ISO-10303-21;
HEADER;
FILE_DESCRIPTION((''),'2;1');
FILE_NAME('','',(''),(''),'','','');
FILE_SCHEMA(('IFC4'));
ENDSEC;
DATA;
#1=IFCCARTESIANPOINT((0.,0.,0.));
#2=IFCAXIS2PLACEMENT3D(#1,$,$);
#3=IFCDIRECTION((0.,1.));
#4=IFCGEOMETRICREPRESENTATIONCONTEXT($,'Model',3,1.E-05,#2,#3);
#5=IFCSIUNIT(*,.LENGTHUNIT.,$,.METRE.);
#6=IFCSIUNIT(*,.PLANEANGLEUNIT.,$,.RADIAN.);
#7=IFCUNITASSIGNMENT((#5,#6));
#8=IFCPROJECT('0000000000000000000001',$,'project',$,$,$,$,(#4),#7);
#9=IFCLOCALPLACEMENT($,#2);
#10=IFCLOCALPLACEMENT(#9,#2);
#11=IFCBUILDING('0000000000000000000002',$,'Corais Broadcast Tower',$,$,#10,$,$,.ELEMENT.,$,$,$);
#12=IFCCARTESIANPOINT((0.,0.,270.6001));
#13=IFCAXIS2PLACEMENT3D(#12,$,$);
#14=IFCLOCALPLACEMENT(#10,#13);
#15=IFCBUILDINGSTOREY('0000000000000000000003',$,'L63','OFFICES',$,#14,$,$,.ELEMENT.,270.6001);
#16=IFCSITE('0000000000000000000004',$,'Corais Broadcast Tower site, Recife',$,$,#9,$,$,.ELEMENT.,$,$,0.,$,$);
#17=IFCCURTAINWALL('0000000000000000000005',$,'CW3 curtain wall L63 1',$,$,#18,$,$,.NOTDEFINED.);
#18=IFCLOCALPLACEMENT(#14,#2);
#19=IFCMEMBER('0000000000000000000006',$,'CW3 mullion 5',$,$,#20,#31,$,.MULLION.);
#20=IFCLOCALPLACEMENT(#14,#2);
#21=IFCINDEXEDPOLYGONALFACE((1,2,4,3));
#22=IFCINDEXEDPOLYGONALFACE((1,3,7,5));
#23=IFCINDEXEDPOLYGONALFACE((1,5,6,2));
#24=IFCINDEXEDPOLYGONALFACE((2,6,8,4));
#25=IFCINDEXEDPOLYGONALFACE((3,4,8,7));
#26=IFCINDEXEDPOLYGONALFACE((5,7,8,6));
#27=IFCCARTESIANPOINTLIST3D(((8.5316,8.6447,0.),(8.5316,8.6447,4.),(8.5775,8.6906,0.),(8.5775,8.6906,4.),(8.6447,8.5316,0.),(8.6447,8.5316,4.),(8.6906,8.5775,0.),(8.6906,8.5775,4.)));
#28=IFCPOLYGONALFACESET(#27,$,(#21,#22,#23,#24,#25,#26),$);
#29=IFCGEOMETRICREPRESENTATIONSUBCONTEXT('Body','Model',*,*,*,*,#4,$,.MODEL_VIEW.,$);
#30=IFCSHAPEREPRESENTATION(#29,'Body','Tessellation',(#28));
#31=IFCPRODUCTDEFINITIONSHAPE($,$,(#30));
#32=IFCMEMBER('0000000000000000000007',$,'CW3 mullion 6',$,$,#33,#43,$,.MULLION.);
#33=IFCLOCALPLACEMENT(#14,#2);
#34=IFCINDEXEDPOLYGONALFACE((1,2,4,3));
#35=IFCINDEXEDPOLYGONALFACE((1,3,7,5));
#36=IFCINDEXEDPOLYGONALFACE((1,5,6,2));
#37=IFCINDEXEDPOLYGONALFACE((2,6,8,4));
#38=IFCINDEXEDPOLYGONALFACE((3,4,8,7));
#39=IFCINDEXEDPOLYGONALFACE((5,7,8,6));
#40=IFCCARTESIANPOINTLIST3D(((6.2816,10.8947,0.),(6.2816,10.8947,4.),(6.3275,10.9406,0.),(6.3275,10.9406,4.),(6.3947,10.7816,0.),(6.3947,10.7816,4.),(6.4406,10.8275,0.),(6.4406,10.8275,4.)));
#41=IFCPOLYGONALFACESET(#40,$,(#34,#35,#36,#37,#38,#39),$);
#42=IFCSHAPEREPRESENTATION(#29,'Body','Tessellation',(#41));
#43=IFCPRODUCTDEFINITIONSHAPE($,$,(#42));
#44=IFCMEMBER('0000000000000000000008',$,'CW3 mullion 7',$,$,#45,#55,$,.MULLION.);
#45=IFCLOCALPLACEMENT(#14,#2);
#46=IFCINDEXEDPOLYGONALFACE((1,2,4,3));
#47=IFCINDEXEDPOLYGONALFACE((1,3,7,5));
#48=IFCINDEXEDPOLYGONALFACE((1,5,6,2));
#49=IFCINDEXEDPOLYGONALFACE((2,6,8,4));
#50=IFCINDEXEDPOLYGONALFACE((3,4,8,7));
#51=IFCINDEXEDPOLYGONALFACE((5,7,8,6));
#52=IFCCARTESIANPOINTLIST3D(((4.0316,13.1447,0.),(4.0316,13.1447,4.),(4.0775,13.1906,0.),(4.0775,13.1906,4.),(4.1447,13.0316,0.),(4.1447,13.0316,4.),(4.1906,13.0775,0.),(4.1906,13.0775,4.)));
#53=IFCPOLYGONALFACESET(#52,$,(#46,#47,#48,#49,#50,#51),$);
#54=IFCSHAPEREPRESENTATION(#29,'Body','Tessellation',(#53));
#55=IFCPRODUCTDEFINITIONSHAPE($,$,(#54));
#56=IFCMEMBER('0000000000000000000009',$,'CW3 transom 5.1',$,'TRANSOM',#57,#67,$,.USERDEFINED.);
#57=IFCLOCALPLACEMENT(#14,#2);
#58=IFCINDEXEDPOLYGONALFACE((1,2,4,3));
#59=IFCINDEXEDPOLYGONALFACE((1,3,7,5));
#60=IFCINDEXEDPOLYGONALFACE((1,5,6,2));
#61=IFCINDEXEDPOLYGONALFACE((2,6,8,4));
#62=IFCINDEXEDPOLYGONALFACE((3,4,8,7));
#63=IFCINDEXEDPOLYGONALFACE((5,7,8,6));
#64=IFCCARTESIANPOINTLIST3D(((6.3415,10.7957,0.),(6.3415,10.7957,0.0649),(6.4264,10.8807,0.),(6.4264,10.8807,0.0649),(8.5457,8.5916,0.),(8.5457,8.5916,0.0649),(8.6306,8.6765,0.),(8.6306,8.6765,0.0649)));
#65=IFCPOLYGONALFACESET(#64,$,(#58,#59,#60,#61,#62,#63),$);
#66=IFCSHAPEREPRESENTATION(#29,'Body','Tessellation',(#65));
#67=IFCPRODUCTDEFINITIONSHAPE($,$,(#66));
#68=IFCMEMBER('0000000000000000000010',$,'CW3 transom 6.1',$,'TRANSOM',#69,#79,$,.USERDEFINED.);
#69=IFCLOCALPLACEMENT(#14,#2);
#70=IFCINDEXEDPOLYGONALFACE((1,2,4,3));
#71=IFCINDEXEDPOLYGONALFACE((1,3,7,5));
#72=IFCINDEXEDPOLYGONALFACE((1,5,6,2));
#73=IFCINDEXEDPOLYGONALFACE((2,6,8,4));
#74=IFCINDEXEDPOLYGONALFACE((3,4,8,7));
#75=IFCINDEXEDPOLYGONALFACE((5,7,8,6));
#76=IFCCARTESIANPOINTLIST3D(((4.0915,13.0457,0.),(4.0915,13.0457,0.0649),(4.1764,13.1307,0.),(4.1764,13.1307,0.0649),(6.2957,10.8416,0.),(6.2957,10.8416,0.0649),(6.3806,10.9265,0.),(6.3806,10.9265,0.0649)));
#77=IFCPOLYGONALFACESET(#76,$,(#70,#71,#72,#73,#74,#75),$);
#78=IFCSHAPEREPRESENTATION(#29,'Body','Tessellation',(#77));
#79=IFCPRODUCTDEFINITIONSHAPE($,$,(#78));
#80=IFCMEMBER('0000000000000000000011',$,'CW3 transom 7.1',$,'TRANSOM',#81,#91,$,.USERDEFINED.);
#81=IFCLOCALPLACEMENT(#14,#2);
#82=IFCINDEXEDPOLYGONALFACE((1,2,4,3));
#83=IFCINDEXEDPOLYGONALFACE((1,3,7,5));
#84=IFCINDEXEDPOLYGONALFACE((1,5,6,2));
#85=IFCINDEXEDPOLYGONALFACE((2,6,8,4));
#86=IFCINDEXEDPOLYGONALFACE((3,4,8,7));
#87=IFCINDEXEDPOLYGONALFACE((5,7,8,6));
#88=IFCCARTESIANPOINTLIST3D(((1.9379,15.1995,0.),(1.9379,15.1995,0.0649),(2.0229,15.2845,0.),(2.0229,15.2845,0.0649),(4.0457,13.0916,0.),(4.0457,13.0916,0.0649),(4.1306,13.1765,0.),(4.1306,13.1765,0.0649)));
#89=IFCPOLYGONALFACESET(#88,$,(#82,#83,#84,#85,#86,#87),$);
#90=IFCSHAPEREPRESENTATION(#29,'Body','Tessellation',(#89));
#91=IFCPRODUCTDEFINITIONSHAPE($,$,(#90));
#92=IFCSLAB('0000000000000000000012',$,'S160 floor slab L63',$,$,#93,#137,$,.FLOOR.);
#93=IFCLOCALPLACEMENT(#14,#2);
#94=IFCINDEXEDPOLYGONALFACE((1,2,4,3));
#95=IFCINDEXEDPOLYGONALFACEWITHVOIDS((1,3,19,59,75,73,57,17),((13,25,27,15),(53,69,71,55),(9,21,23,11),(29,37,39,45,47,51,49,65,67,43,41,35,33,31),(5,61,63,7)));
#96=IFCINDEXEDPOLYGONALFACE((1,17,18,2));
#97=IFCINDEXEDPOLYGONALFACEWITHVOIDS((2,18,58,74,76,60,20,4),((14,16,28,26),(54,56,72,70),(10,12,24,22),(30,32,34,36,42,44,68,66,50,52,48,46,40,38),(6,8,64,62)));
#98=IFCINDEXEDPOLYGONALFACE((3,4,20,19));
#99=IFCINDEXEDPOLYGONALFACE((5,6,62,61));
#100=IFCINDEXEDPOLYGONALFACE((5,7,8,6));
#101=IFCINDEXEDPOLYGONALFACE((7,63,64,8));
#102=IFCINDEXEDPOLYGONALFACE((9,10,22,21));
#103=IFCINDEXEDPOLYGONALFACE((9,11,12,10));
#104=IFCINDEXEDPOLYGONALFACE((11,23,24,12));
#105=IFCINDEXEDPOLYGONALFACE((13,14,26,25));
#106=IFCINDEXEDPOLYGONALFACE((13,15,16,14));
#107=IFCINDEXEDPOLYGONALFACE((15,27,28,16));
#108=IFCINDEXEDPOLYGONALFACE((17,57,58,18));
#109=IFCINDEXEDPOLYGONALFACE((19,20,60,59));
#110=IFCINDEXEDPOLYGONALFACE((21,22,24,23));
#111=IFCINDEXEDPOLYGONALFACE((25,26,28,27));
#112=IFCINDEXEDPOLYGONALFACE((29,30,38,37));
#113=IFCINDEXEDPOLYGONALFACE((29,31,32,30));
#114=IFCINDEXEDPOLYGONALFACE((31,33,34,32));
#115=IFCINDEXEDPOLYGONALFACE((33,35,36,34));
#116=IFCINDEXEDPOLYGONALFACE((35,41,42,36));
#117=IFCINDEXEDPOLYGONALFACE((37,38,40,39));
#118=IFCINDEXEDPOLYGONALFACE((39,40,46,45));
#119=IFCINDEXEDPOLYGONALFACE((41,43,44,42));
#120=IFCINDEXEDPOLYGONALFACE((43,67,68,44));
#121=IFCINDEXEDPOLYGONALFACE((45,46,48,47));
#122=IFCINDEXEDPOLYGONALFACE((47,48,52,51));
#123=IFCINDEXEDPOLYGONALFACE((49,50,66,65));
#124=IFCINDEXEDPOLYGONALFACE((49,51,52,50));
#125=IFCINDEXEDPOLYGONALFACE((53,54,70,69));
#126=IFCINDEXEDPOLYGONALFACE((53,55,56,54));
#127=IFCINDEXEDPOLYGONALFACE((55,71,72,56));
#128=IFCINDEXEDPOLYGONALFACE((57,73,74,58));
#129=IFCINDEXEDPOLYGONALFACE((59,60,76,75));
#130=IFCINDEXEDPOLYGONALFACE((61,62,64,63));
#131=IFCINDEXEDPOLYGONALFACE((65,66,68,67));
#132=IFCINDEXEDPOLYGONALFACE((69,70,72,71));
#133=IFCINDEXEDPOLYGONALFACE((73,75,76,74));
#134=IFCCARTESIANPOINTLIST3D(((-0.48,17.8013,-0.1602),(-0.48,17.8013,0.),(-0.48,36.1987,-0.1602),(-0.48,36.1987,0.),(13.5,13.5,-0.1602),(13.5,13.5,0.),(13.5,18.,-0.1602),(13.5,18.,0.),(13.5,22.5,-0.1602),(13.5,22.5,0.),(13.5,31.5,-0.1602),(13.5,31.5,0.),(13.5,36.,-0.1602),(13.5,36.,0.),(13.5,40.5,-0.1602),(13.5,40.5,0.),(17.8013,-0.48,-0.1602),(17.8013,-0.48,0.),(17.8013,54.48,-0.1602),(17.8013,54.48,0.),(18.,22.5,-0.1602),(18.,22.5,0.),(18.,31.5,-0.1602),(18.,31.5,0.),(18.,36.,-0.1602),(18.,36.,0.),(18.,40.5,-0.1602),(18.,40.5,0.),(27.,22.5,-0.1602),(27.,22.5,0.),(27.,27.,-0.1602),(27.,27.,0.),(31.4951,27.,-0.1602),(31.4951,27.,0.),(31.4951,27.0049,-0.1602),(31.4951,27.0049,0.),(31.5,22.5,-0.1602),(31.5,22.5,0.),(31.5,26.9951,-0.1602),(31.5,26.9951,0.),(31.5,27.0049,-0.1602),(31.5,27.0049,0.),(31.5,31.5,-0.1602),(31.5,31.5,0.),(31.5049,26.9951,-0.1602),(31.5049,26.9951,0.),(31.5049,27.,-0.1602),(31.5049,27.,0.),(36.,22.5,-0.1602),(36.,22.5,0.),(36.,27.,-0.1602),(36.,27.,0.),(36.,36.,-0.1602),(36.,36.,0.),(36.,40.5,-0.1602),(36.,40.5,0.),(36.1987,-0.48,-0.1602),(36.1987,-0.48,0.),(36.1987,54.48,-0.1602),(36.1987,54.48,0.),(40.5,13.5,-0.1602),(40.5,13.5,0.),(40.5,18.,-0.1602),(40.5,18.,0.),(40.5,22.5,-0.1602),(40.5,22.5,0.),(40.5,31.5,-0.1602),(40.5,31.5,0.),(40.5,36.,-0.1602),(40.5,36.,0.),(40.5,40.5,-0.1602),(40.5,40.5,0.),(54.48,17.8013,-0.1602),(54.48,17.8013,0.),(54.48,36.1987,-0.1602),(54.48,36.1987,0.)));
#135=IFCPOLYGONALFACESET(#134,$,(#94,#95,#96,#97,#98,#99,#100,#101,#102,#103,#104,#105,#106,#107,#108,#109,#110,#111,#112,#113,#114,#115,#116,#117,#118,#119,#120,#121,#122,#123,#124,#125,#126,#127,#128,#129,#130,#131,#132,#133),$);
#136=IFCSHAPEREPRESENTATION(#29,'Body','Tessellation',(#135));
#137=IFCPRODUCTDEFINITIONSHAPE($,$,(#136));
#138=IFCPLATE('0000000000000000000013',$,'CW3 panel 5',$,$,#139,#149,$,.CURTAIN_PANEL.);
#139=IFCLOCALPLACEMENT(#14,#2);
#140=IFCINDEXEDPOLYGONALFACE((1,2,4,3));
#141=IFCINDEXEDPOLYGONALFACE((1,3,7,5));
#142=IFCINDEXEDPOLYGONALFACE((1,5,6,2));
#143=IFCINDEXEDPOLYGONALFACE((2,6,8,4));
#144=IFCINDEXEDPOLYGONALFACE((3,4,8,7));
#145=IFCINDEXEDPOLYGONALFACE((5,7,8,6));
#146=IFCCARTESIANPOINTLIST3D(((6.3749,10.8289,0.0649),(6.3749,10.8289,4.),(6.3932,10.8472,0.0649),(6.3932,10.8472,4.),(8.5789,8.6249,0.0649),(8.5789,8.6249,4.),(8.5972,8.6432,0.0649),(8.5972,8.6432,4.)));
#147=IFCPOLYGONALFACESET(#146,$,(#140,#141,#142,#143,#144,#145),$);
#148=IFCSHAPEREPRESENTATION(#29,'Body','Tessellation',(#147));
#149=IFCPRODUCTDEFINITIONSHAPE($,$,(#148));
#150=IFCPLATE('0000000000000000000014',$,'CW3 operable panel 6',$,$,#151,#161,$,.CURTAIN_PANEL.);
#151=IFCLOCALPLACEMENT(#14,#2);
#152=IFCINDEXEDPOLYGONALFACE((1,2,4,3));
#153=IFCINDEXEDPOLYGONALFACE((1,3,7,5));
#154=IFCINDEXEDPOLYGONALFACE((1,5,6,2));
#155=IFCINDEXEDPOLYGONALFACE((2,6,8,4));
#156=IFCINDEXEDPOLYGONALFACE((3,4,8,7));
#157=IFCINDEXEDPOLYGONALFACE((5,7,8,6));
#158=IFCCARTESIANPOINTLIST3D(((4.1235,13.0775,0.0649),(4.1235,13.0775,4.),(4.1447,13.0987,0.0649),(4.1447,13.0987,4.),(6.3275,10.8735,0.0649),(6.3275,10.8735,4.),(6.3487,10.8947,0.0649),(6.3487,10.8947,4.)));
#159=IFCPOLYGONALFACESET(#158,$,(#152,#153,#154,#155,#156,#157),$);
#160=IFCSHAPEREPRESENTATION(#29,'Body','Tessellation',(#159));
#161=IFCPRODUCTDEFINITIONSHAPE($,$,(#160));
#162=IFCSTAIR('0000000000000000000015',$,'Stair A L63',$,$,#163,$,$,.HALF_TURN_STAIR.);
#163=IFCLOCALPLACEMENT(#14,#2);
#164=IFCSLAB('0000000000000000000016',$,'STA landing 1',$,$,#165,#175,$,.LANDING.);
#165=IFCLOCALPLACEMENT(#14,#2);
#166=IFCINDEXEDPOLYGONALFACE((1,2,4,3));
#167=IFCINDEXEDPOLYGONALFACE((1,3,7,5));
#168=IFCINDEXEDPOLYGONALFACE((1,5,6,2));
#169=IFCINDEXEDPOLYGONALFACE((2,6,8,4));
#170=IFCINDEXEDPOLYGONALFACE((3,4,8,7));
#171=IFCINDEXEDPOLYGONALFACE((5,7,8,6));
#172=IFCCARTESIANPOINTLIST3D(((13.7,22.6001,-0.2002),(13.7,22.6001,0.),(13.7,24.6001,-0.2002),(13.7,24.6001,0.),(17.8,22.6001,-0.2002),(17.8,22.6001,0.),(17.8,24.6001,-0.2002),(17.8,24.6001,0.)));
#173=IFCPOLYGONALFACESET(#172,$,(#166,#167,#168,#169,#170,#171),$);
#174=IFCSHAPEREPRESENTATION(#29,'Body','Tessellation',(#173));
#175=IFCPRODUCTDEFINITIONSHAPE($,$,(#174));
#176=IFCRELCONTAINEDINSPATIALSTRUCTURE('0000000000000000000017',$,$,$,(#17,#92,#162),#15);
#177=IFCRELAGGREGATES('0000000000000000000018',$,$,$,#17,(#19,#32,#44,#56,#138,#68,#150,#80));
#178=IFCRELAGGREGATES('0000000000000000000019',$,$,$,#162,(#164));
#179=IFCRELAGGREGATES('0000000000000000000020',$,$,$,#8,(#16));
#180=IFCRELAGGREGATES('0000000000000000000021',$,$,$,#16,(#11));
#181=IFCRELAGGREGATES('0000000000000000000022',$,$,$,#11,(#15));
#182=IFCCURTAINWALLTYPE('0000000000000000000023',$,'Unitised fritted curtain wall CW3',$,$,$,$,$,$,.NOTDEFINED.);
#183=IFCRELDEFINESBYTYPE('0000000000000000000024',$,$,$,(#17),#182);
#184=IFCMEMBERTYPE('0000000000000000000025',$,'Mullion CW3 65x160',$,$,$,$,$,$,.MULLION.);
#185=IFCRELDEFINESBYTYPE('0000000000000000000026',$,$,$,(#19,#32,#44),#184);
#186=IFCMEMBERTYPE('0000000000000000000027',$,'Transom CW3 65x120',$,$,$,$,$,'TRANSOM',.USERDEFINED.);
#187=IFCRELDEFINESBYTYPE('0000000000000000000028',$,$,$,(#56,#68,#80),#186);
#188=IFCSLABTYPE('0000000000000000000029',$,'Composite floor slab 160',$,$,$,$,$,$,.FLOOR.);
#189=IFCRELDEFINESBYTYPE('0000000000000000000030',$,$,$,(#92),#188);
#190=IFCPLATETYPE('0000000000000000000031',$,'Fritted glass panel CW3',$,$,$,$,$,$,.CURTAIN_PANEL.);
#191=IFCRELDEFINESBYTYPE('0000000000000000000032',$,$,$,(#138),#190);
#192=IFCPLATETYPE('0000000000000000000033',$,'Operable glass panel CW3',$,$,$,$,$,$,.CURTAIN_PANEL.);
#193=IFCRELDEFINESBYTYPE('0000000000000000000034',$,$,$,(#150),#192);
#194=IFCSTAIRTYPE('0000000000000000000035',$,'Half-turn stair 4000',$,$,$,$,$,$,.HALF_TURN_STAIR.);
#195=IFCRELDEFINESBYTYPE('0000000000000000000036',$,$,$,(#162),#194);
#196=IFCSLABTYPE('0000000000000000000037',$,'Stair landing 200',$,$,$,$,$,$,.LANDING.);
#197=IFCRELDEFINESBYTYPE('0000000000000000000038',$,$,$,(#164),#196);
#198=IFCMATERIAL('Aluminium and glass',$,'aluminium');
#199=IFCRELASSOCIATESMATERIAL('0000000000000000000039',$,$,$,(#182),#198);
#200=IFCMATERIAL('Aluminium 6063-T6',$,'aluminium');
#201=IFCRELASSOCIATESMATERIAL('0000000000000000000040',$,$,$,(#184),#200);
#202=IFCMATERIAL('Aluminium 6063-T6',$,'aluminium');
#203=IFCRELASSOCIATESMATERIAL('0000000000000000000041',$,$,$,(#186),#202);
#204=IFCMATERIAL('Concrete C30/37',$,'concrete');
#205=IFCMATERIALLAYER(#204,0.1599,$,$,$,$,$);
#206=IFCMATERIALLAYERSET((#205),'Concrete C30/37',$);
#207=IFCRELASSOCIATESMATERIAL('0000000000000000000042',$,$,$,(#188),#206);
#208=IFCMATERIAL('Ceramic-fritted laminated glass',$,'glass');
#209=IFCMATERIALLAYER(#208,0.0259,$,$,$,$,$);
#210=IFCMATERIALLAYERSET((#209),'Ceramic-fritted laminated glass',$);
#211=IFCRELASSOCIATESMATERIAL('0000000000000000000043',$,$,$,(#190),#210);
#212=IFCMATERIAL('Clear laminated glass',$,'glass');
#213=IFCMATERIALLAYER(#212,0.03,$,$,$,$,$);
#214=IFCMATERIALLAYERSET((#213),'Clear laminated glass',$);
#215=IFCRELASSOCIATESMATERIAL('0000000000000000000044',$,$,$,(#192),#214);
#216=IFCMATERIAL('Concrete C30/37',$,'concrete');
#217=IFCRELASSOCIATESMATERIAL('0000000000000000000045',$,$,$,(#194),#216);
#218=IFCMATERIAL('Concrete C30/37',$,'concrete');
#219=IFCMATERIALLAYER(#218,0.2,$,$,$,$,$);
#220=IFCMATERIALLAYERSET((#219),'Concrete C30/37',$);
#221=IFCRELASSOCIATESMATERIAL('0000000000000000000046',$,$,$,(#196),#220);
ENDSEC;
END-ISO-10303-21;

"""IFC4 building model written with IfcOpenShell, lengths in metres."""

from ifc_helpers import new_model, si_unit, direction, frame, origin, origin_2d, place, context, subcontext, project, spatial, polyline, rectangle, outline, extrude, material, layer, layer_set, material_profile, profile_set, type_object, element, aggregate, save


model = new_model("IFC4")

# Units and contexts
model_context = context("Model", 3, precision=1e-05, world=origin(), true_north=direction((0.0, 1.0)))
body_context = subcontext(model_context, "Body", "Model", "MODEL_VIEW")
ifc_project = project(units=[si_unit("LENGTHUNIT", "METRE"), si_unit("PLANEANGLEUNIT", "RADIAN")], contexts=[model_context])

# Site, building, storey
site_placement = place(None, origin())
site = spatial("IfcSite", under=ifc_project, at=site_placement, Name="Corais Broadcast Tower site, Recife", CompositionType="ELEMENT", RefElevation=0.0)
building_placement = place(site_placement, origin())
building = spatial("IfcBuilding", under=site, at=building_placement, Name="Corais Broadcast Tower", CompositionType="ELEMENT")
storey_placement = place(building_placement, frame((0.0, 0.0, 270.6001)))
storey = spatial("IfcBuildingStorey", under=building, at=storey_placement, Name="L63", Description="OFFICES", CompositionType="ELEMENT", Elevation=270.6001)

# Curtain wall, members
ifc_material_1 = material(Name="Aluminium and glass", Category="aluminium")
curtain_wall_type = type_object("IfcCurtainWallType", Name="Unitised fritted curtain wall CW3", PredefinedType="NOTDEFINED", material=ifc_material_1)
curtain_wall_placement = place(storey_placement, origin())
curtain_wall = element("IfcCurtainWall", 1, at=curtain_wall_placement, inside=storey, type_object=curtain_wall_type, Name="CW3 curtain wall L63 1", PredefinedType="NOTDEFINED")
ifc_material_2 = material(Name="Aluminium 6063-T6", Category="aluminium")
ifc_material_profile_1 = material_profile(ifc_material_2, rectangle(XDim=0.0649, YDim=0.1599, at=origin_2d()), Name="Mullion CW3 65x160")
ifc_profile_set_1 = profile_set([ifc_material_profile_1], Name="Aluminium 6063-T6")
member_type_1 = type_object("IfcMemberType", Name="Mullion CW3 65x160", PredefinedType="MULLION", material=ifc_profile_set_1)
member_1_placement = place(storey_placement, frame((8.6111, 8.6111, 0.0), z_axis=(0.0, 0.0, 1.0), x_axis=(-0.707107, -0.707107, 0.0)))
member_1 = element("IfcMember", 2, at=member_1_placement, type_object=member_type_1, Name="CW3 mullion 5", PredefinedType="MULLION", context=body_context, shape_type="SweptSolid", body=[
    extrude(rectangle(XDim=0.0649, YDim=0.1599, at=origin_2d()), origin(), (0.0, 0.0, 1.0), 4.0),
])
member_2_placement = place(storey_placement, frame((6.3611, 10.8611, 0.0), z_axis=(0.0, 0.0, 1.0), x_axis=(-0.707107, -0.707107, 0.0)))
member_2 = element("IfcMember", 3, at=member_2_placement, type_object=member_type_1, Name="CW3 mullion 6", PredefinedType="MULLION", context=body_context, shape_type="SweptSolid", body=[
    extrude(rectangle(XDim=0.0649, YDim=0.1599, at=origin_2d()), origin(), (0.0, 0.0, 1.0), 4.0),
])
member_3_placement = place(storey_placement, frame((4.1111, 13.1111, 0.0), z_axis=(0.0, 0.0, 1.0), x_axis=(-0.707107, -0.707107, 0.0)))
member_3 = element("IfcMember", 4, at=member_3_placement, type_object=member_type_1, Name="CW3 mullion 7", PredefinedType="MULLION", context=body_context, shape_type="SweptSolid", body=[
    extrude(rectangle(XDim=0.0649, YDim=0.1599, at=origin_2d()), origin(), (0.0, 0.0, 1.0), 4.0),
])
ifc_material_3 = material(Name="Aluminium 6063-T6", Category="aluminium")
ifc_material_profile_2 = material_profile(ifc_material_3, rectangle(XDim=0.1201, YDim=0.0649, at=origin_2d()), Name="Transom CW3 65x120")
ifc_profile_set_2 = profile_set([ifc_material_profile_2], Name="Aluminium 6063-T6")
member_type_2 = type_object("IfcMemberType", Name="Transom CW3 65x120", ElementType="TRANSOM", PredefinedType="USERDEFINED", material=ifc_profile_set_2)
member_4_placement = place(storey_placement, frame((8.5881, 8.634, 0.0325), z_axis=(-0.707107, 0.707107, 0.0), x_axis=(-0.707107, -0.707107, 0.0)))
member_4 = element("IfcMember", 5, at=member_4_placement, type_object=member_type_2, Name="CW3 transom 5.1", ObjectType="TRANSOM", PredefinedType="USERDEFINED", context=body_context, shape_type="SweptSolid", body=[
    extrude(rectangle(XDim=0.1201, YDim=0.0649, at=origin_2d()), origin(), (0.0, 0.0, 1.0), 3.1172),
])
member_5_placement = place(storey_placement, frame((6.3381, 10.884, 0.0325), z_axis=(-0.707107, 0.707107, 0.0), x_axis=(-0.707107, -0.707107, 0.0)))
member_5 = element("IfcMember", 6, at=member_5_placement, type_object=member_type_2, Name="CW3 transom 6.1", ObjectType="TRANSOM", PredefinedType="USERDEFINED", context=body_context, shape_type="SweptSolid", body=[
    extrude(rectangle(XDim=0.1201, YDim=0.0649, at=origin_2d()), origin(), (0.0, 0.0, 1.0), 3.1172),
])
member_6_placement = place(storey_placement, frame((4.0881, 13.134, 0.0325), z_axis=(-0.707066, 0.707148, 0.0), x_axis=(-0.707148, -0.707066, 0.0)))
member_6 = element("IfcMember", 7, at=member_6_placement, type_object=member_type_2, Name="CW3 transom 7.1", ObjectType="TRANSOM", PredefinedType="USERDEFINED", context=body_context, shape_type="SweptSolid", body=[
    extrude(rectangle(XDim=0.1201, YDim=0.0649, at=origin_2d()), origin(), (0.0, 0.0, 1.0), 2.981),
])

# Slab
ifc_material_4 = material(Name="Concrete C30/37", Category="concrete")
ifc_layer_1 = layer(ifc_material_4, 0.1599)
ifc_layer_set_1 = layer_set([ifc_layer_1], Name="Concrete C30/37")
slab_type_1 = type_object("IfcSlabType", Name="Composite floor slab 160", PredefinedType="FLOOR", material=ifc_layer_set_1)
slab_1_placement = place(storey_placement, frame((0.0, 0.0, -0.1602)))
element("IfcSlab", 8, at=slab_1_placement, inside=storey, type_object=slab_type_1, Name="S160 floor slab L63", PredefinedType="FLOOR", context=body_context, shape_type="SweptSolid", body=[
    extrude(outline(polyline([(17.8013, -0.48), (-0.48, 17.8013), (-0.48, 36.1987), (17.8013, 54.48), (36.1987, 54.48), (54.48, 36.1987), (54.48, 17.8013), (36.1987, -0.48), (17.8013, -0.48)]), holes=[polyline([(13.5, 18.0), (40.5, 18.0), (40.5, 13.5), (13.5, 13.5), (13.5, 18.0)]), polyline([(18.0, 22.5), (13.5, 22.5), (13.5, 31.5), (18.0, 31.5), (18.0, 22.5)]), polyline([(18.0, 36.0), (13.5, 36.0), (13.5, 40.5), (18.0, 40.5), (18.0, 36.0)]), polyline([(31.5, 22.5), (27.0, 22.5), (27.0, 27.0), (31.4951, 27.0), (31.4951, 27.0049), (31.5, 27.0049), (31.5, 31.5), (40.5, 31.5), (40.5, 22.5), (36.0, 22.5), (36.0, 27.0), (31.5049, 27.0), (31.5049, 26.9951), (31.5, 26.9951), (31.5, 22.5)]), polyline([(40.5, 36.0), (36.0, 36.0), (36.0, 40.5), (40.5, 40.5), (40.5, 36.0)])]), origin(), (0.0, 0.0, 1.0), 0.1602),
])

# Plates
ifc_material_5 = material(Name="Ceramic-fritted laminated glass", Category="glass")
ifc_layer_2 = layer(ifc_material_5, 0.0259)
ifc_layer_set_2 = layer_set([ifc_layer_2], Name="Ceramic-fritted laminated glass")
plate_type_1 = type_object("IfcPlateType", Name="Fritted glass panel CW3", PredefinedType="CURTAIN_PANEL", material=ifc_layer_set_2)
plate_1_placement = place(storey_placement, frame((7.4861, 9.7361, 0.0649), z_axis=(0.0, 0.0, 1.0), x_axis=(-0.707107, 0.707107, 0.0)))
plate_1 = element("IfcPlate", 9, at=plate_1_placement, type_object=plate_type_1, Name="CW3 panel 5", PredefinedType="CURTAIN_PANEL", context=body_context, shape_type="SweptSolid", body=[
    extrude(rectangle(XDim=3.1169, YDim=0.0259, at=origin_2d()), origin(), (0.0, 0.0, 1.0), 3.9351),
])
ifc_material_6 = material(Name="Clear laminated glass", Category="glass")
ifc_layer_3 = layer(ifc_material_6, 0.03)
ifc_layer_set_3 = layer_set([ifc_layer_3], Name="Clear laminated glass")
plate_type_2 = type_object("IfcPlateType", Name="Operable glass panel CW3", PredefinedType="CURTAIN_PANEL", material=ifc_layer_set_3)
plate_2_placement = place(storey_placement, frame((5.2361, 11.9861, 0.0649), z_axis=(0.0, 0.0, 1.0), x_axis=(-0.707107, 0.707107, 0.0)))
plate_2 = element("IfcPlate", 10, at=plate_2_placement, type_object=plate_type_2, Name="CW3 operable panel 6", PredefinedType="CURTAIN_PANEL", context=body_context, shape_type="SweptSolid", body=[
    extrude(rectangle(XDim=3.1169, YDim=0.03, at=origin_2d()), origin(), (0.0, 0.0, 1.0), 3.9351),
])
aggregate(curtain_wall, [member_1, member_2, member_3, member_4, plate_1, member_5, plate_2, member_6])

# Stair, slab
ifc_material_7 = material(Name="Concrete C30/37", Category="concrete")
stair_type = type_object("IfcStairType", Name="Half-turn stair 4000", PredefinedType="HALF_TURN_STAIR", material=ifc_material_7)
stair_1_placement = place(storey_placement, origin())
stair_1 = element("IfcStair", 11, at=stair_1_placement, inside=storey, type_object=stair_type, Name="Stair A L63", PredefinedType="HALF_TURN_STAIR")
ifc_material_8 = material(Name="Concrete C30/37", Category="concrete")
ifc_layer_4 = layer(ifc_material_8, 0.2)
ifc_layer_set_4 = layer_set([ifc_layer_4], Name="Concrete C30/37")
slab_type_2 = type_object("IfcSlabType", Name="Stair landing 200", PredefinedType="LANDING", material=ifc_layer_set_4)
slab_2_placement = place(storey_placement, frame((0.0, 0.0, -0.2002)))
slab_2 = element("IfcSlab", 12, at=slab_2_placement, type_object=slab_type_2, Name="STA landing 1", PredefinedType="LANDING", context=body_context, shape_type="SweptSolid", body=[
    extrude(outline(polyline([(13.7, 22.6001), (17.8, 22.6001), (17.8, 24.6001), (13.7, 24.6001), (13.7, 22.6001)])), origin(), (0.0, 0.0, 1.0), 0.2002),
])
aggregate(stair_1, [slab_2])

save(model, "model.ifc")
